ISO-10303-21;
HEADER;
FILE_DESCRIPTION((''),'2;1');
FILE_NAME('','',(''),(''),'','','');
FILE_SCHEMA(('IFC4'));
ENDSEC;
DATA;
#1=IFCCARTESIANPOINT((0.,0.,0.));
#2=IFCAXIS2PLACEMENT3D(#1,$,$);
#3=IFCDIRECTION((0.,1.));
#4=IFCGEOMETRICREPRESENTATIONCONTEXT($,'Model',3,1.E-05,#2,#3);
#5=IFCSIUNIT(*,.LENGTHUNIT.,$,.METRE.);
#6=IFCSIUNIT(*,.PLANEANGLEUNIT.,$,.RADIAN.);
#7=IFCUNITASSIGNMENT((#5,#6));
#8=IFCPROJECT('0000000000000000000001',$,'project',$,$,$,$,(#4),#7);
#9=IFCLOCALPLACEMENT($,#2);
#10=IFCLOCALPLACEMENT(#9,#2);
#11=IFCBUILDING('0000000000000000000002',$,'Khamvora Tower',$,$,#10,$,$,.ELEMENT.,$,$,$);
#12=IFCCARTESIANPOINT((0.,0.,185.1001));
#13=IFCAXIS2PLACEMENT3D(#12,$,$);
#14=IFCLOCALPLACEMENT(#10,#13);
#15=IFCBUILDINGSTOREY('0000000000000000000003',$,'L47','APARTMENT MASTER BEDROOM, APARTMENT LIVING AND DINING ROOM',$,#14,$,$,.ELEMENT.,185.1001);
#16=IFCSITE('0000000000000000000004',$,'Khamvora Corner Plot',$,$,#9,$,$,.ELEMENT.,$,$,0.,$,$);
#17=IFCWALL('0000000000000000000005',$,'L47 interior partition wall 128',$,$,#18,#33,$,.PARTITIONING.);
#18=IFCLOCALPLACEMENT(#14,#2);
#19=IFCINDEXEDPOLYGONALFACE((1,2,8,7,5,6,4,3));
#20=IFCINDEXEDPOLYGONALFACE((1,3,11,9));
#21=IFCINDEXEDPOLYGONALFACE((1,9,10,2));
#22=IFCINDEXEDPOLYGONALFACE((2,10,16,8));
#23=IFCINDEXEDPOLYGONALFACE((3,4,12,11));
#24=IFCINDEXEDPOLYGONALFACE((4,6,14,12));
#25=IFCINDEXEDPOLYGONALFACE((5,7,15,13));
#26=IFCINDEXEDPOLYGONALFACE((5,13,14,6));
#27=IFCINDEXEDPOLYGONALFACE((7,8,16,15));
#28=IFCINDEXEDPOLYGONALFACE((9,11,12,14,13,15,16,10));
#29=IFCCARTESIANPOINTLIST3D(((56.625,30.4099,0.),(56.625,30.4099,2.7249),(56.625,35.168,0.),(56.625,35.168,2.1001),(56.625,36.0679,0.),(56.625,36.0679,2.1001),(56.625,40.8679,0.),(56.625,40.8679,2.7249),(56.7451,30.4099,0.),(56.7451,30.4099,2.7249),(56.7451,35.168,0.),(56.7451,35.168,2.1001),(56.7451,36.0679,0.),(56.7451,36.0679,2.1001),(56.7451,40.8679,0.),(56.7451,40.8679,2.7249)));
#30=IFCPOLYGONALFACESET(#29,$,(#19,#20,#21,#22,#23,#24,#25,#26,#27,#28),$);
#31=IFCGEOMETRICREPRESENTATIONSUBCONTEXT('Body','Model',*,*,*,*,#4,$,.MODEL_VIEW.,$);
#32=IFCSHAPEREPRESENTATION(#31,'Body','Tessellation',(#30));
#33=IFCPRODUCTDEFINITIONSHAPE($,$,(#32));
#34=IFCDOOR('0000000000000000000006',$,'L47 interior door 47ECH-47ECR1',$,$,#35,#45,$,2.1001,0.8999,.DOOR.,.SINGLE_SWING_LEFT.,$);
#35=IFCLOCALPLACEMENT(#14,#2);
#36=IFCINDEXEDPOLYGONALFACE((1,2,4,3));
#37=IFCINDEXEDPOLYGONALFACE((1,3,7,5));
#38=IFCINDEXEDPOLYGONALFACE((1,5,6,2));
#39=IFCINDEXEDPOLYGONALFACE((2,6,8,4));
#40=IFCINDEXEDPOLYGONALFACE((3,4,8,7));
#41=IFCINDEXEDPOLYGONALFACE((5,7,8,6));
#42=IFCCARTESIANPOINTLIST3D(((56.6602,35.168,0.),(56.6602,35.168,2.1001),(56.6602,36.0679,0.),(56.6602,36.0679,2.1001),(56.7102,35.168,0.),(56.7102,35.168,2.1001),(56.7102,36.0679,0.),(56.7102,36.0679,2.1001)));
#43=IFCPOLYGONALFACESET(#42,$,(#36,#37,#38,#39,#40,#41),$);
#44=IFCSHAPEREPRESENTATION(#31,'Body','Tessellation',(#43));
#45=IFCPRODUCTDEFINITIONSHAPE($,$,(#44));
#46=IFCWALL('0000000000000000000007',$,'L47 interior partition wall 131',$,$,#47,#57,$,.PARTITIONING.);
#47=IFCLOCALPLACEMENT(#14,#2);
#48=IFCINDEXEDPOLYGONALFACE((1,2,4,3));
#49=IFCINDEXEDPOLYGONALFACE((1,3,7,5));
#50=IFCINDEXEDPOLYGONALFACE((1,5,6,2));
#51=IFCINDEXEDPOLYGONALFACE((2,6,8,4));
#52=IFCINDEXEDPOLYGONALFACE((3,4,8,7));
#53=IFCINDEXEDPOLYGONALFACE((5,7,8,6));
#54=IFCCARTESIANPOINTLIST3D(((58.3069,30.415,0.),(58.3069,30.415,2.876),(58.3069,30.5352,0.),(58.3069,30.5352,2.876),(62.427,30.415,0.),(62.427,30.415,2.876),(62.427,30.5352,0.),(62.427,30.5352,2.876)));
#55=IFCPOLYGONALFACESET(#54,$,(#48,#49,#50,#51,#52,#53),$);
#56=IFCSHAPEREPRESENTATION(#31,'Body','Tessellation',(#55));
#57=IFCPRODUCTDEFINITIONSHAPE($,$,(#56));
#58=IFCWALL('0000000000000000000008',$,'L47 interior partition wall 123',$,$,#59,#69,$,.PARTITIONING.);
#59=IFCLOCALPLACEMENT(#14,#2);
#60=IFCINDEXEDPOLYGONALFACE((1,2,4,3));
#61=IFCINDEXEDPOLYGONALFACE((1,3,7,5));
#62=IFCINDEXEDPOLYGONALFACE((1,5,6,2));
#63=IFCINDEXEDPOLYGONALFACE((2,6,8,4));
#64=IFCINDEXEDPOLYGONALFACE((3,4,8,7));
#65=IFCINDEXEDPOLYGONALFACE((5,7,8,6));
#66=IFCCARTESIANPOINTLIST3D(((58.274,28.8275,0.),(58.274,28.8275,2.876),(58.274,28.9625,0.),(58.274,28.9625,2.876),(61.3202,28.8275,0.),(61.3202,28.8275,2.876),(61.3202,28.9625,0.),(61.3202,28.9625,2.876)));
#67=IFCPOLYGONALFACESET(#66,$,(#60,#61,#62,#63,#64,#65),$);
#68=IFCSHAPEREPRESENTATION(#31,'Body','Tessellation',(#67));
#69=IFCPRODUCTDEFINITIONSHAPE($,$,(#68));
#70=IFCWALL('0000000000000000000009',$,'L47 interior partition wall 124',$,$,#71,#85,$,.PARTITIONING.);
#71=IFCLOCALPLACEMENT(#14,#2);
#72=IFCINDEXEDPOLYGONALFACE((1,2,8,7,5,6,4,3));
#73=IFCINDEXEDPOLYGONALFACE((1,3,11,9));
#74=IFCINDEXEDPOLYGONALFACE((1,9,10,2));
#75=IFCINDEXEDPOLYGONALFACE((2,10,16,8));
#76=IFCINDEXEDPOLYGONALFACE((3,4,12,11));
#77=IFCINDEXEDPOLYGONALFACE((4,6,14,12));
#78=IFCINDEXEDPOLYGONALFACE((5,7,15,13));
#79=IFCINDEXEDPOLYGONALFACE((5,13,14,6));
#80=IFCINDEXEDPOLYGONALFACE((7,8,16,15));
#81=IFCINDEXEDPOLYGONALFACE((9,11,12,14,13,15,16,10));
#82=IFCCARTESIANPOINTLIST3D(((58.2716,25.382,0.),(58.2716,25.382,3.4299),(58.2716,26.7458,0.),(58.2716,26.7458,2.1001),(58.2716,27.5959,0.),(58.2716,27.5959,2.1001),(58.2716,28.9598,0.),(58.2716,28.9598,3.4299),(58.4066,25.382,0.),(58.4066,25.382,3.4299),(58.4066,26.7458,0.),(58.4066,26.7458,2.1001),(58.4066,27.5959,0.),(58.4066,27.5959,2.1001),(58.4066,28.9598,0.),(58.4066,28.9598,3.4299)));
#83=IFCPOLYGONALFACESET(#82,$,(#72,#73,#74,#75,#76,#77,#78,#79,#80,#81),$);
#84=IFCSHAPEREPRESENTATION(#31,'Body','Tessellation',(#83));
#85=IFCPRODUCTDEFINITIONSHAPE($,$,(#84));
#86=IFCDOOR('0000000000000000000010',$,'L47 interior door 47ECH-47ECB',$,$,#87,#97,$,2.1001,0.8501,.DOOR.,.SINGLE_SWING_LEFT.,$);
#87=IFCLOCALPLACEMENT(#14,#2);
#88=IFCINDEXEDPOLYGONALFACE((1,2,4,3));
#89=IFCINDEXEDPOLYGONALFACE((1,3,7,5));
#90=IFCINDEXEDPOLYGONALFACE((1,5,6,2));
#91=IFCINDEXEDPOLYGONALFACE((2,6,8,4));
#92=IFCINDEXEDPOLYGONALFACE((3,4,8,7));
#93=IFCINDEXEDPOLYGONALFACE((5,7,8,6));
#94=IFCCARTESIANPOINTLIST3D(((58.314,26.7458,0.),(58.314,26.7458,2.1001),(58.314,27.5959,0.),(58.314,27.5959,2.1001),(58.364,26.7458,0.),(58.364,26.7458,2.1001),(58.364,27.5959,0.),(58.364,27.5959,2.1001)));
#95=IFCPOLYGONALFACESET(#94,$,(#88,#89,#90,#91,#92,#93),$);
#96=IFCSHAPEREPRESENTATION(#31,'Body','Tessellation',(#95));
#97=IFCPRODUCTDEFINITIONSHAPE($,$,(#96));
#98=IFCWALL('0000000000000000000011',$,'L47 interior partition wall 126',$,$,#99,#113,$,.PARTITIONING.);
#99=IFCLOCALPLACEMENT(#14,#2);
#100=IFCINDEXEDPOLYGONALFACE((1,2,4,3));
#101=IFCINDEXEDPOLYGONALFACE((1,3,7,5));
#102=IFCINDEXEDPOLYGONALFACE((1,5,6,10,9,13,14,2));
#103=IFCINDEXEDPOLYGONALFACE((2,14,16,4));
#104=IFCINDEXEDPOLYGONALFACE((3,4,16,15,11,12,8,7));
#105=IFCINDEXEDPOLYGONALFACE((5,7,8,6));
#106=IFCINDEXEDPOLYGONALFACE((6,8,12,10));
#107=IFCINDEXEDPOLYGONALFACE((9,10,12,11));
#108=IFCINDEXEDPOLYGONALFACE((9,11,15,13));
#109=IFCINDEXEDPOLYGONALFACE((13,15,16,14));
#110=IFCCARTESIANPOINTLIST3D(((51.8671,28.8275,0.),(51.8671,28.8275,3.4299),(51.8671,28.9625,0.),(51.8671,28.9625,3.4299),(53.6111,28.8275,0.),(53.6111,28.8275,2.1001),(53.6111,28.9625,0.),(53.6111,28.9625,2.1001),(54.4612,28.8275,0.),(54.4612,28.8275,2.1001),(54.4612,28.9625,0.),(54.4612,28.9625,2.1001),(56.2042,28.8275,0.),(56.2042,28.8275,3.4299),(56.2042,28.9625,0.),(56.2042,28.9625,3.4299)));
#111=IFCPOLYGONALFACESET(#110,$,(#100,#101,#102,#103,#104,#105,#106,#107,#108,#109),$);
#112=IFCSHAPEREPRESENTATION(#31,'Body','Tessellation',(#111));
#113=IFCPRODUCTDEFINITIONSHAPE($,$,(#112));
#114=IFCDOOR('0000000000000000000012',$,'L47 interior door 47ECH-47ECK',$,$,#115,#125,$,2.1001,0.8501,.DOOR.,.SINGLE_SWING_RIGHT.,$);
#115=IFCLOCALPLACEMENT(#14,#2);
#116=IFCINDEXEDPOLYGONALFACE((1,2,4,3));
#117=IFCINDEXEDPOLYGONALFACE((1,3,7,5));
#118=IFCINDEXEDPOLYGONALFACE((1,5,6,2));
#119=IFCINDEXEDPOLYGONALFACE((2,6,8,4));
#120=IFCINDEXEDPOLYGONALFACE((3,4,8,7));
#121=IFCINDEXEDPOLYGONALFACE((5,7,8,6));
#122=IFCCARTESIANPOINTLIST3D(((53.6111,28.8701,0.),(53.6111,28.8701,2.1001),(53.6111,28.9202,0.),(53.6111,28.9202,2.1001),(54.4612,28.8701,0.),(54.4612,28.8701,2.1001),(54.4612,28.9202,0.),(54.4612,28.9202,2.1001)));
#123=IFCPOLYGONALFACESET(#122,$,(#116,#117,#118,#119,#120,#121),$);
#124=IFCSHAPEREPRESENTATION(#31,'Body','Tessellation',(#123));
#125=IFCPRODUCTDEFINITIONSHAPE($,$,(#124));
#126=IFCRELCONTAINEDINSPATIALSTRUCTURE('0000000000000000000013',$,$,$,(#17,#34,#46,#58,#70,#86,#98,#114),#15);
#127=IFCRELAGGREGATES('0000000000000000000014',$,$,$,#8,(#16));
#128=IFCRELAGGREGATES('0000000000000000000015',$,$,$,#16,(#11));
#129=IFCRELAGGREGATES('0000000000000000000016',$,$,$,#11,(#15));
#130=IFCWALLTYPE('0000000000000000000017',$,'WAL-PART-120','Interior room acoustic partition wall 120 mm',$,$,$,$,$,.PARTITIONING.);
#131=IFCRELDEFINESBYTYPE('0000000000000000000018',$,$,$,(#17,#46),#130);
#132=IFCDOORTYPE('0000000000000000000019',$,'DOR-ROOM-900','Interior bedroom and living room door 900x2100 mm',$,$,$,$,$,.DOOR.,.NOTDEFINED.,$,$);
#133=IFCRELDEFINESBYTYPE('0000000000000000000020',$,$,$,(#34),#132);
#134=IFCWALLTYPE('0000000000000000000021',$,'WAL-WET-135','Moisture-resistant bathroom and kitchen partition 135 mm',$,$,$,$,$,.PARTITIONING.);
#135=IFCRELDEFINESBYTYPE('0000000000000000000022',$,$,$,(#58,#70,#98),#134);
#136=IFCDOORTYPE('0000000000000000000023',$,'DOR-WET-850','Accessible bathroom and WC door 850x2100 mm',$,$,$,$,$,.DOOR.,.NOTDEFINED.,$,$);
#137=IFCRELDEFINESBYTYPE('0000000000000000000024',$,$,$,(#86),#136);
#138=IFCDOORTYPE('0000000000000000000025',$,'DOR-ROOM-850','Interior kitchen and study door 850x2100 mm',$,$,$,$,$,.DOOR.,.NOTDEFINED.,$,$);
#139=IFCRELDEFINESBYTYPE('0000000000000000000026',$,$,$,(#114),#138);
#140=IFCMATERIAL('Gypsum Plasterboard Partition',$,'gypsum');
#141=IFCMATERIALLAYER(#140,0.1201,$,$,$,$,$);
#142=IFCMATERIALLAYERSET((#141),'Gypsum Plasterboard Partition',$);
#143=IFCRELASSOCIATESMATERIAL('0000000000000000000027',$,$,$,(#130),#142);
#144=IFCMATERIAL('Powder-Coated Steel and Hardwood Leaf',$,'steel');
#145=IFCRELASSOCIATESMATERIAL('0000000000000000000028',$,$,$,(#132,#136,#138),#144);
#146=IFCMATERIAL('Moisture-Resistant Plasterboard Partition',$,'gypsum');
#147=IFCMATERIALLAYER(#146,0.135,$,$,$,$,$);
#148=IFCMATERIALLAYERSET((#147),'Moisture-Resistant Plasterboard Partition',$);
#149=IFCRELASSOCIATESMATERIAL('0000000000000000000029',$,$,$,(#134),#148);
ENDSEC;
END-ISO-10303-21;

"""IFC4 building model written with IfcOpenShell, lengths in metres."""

from ifc_helpers import new_model, si_unit, direction, frame, frame_2d, origin, place, context, subcontext, project, spatial, rectangle, extrude, material, layer, layer_set, type_object, element, fill, save


model = new_model("IFC4")

# Units and contexts
model_context = context("Model", 3, precision=1e-05, world=origin(), true_north=direction((0.0, 1.0)))
body_context = subcontext(model_context, "Body", "Model", "MODEL_VIEW")
ifc_project = project(units=[si_unit("LENGTHUNIT", "METRE"), si_unit("PLANEANGLEUNIT", "RADIAN")], contexts=[model_context])

# Site, building, storey
site_placement = place(None, origin())
site = spatial("IfcSite", under=ifc_project, at=site_placement, Name="Khamvora Corner Plot", CompositionType="ELEMENT", RefElevation=0.0)
building_placement = place(site_placement, origin())
building = spatial("IfcBuilding", under=site, at=building_placement, Name="Khamvora Tower", CompositionType="ELEMENT")
storey_placement = place(building_placement, frame((0.0, 0.0, 185.1001)))
storey = spatial("IfcBuildingStorey", under=building, at=storey_placement, Name="L47", Description="APARTMENT MASTER BEDROOM, APARTMENT LIVING AND DINING ROOM", CompositionType="ELEMENT", Elevation=185.1001)

# Shared definitions
ifc_material_1 = material(Name="Gypsum Plasterboard Partition", Category="gypsum")
ifc_layer_1 = layer(ifc_material_1, 0.1201)
ifc_layer_set_1 = layer_set([ifc_layer_1], Name="Gypsum Plasterboard Partition")
wall_type_1 = type_object("IfcWallType", Name="WAL-PART-120", Description="Interior room acoustic partition wall 120 mm", PredefinedType="PARTITIONING", material=ifc_layer_set_1)
ifc_material_2 = material(Name="Powder-Coated Steel and Hardwood Leaf", Category="steel")
door_type_1 = type_object("IfcDoorType", Name="DOR-ROOM-900", Description="Interior bedroom and living room door 900x2100 mm", OperationType="NOTDEFINED", PredefinedType="DOOR", material=ifc_material_2)

# Wall, opening, door
wall_1_placement = place(storey_placement, frame((56.6851, 30.4099, 0.0), z_axis=(0.0, 0.0, 1.0), x_axis=(0.0, 1.0, 0.0)))
wall_1 = element("IfcWall", 1, at=wall_1_placement, inside=storey, type_object=wall_type_1, Name="L47 interior partition wall 128", PredefinedType="PARTITIONING", context=body_context, shape_type="SweptSolid", body=[
    extrude(rectangle(XDim=10.458, YDim=0.1201, at=frame_2d((5.229, 0.0))), origin(), (0.0, 0.0, 1.0), 2.7249),
])
opening_1_placement = place(wall_1_placement, frame((4.7581, 0.0, 0.0)))
opening_1 = element("IfcOpeningElement", 2, at=opening_1_placement, cuts=wall_1, PredefinedType="OPENING", context=body_context, shape_type="SweptSolid", body=[
    extrude(rectangle(XDim=0.8999, YDim=2.1001, at=frame_2d((0.45, 1.05))), frame((0.0, 0.0701, 0.0), z_axis=(0.0, -1.0, 0.0), x_axis=(1.0, 0.0, 0.0)), (0.0, 0.0, 1.0), 0.1401),
])
door_1_placement = place(opening_1_placement, origin())
door_1 = element("IfcDoor", 3, at=door_1_placement, inside=storey, type_object=door_type_1, Name="L47 interior door 47ECH-47ECR1", OperationType="SINGLE_SWING_LEFT", OverallHeight=2.1001, OverallWidth=0.8999, PredefinedType="DOOR", context=body_context, shape_type="SweptSolid", body=[
    extrude(rectangle(XDim=0.8999, YDim=2.1001, at=frame_2d((0.45, 1.05))), frame((0.0, 0.0249, 0.0), z_axis=(0.0, -1.0, 0.0), x_axis=(1.0, 0.0, 0.0)), (0.0, 0.0, 1.0), 0.05),
])
fill(opening_1, door_1)

# Walls
wall_2_placement = place(storey_placement, frame((58.3069, 30.4751, 0.0), z_axis=(0.0, 0.0, 1.0), x_axis=(1.0, 0.0, 0.0)))
element("IfcWall", 4, at=wall_2_placement, inside=storey, type_object=wall_type_1, Name="L47 interior partition wall 131", PredefinedType="PARTITIONING", context=body_context, shape_type="SweptSolid", body=[
    extrude(rectangle(XDim=4.1201, YDim=0.1201, at=frame_2d((2.0601, 0.0))), origin(), (0.0, 0.0, 1.0), 2.876),
])
ifc_material_3 = material(Name="Moisture-Resistant Plasterboard Partition", Category="gypsum")
ifc_layer_2 = layer(ifc_material_3, 0.135)
ifc_layer_set_2 = layer_set([ifc_layer_2], Name="Moisture-Resistant Plasterboard Partition")
wall_type_2 = type_object("IfcWallType", Name="WAL-WET-135", Description="Moisture-resistant bathroom and kitchen partition 135 mm", PredefinedType="PARTITIONING", material=ifc_layer_set_2)
wall_3_placement = place(storey_placement, frame((61.3201, 28.895, 0.0), z_axis=(0.0, 0.0, 1.0), x_axis=(-1.0, 0.0, 0.0)))
element("IfcWall", 5, at=wall_3_placement, inside=storey, type_object=wall_type_2, Name="L47 interior partition wall 123", PredefinedType="PARTITIONING", context=body_context, shape_type="SweptSolid", body=[
    extrude(rectangle(XDim=3.0461, YDim=0.135, at=frame_2d((1.5229, 0.0))), origin(), (0.0, 0.0, 1.0), 2.876),
])

# Walls, openings, doors
wall_4_placement = place(storey_placement, frame((58.3391, 28.96, 0.0), z_axis=(0.0, 0.0, 1.0), x_axis=(0.0, -1.0, 0.0)))
wall_4 = element("IfcWall", 6, at=wall_4_placement, inside=storey, type_object=wall_type_2, Name="L47 interior partition wall 124", PredefinedType="PARTITIONING", context=body_context, shape_type="SweptSolid", body=[
    extrude(rectangle(XDim=3.5779, YDim=0.135, at=frame_2d((1.7891, 0.0))), origin(), (0.0, 0.0, 1.0), 3.4299),
])
opening_2_placement = place(wall_4_placement, frame((1.364, 0.0, 0.0)))
opening_2 = element("IfcOpeningElement", 7, at=opening_2_placement, cuts=wall_4, PredefinedType="OPENING", context=body_context, shape_type="SweptSolid", body=[
    extrude(rectangle(XDim=0.8501, YDim=2.1001, at=frame_2d((0.425, 1.05))), frame((0.0, 0.0774, 0.0), z_axis=(0.0, -1.0, 0.0), x_axis=(1.0, 0.0, 0.0)), (0.0, 0.0, 1.0), 0.155),
])
door_type_2 = type_object("IfcDoorType", Name="DOR-WET-850", Description="Accessible bathroom and WC door 850x2100 mm", OperationType="NOTDEFINED", PredefinedType="DOOR", material=ifc_material_2)
door_2_placement = place(opening_2_placement, origin())
door_2 = element("IfcDoor", 8, at=door_2_placement, inside=storey, type_object=door_type_2, Name="L47 interior door 47ECH-47ECB", OperationType="SINGLE_SWING_LEFT", OverallHeight=2.1001, OverallWidth=0.8501, PredefinedType="DOOR", context=body_context, shape_type="SweptSolid", body=[
    extrude(rectangle(XDim=0.8501, YDim=2.1001, at=frame_2d((0.425, 1.05))), frame((0.0, 0.0249, 0.0), z_axis=(0.0, -1.0, 0.0), x_axis=(1.0, 0.0, 0.0)), (0.0, 0.0, 1.0), 0.05),
])
fill(opening_2, door_2)
wall_5_placement = place(storey_placement, frame((56.2041, 28.895, 0.0), z_axis=(0.0, 0.0, 1.0), x_axis=(-1.0, 0.0, 0.0)))
wall_5 = element("IfcWall", 9, at=wall_5_placement, inside=storey, type_object=wall_type_2, Name="L47 interior partition wall 126", PredefinedType="PARTITIONING", context=body_context, shape_type="SweptSolid", body=[
    extrude(rectangle(XDim=4.3372, YDim=0.135, at=frame_2d((2.1685, 0.0))), origin(), (0.0, 0.0, 1.0), 3.4299),
])
opening_3_placement = place(wall_5_placement, frame((1.7429, 0.0, 0.0)))
opening_3 = element("IfcOpeningElement", 10, at=opening_3_placement, cuts=wall_5, PredefinedType="OPENING", context=body_context, shape_type="SweptSolid", body=[
    extrude(rectangle(XDim=0.8501, YDim=2.1001, at=frame_2d((0.425, 1.05))), frame((0.0, 0.0774, 0.0), z_axis=(0.0, -1.0, 0.0), x_axis=(1.0, 0.0, 0.0)), (0.0, 0.0, 1.0), 0.155),
])
door_type_3 = type_object("IfcDoorType", Name="DOR-ROOM-850", Description="Interior kitchen and study door 850x2100 mm", OperationType="NOTDEFINED", PredefinedType="DOOR", material=ifc_material_2)
door_3_placement = place(opening_3_placement, origin())
door_3 = element("IfcDoor", 11, at=door_3_placement, inside=storey, type_object=door_type_3, Name="L47 interior door 47ECH-47ECK", OperationType="SINGLE_SWING_RIGHT", OverallHeight=2.1001, OverallWidth=0.8501, PredefinedType="DOOR", context=body_context, shape_type="SweptSolid", body=[
    extrude(rectangle(XDim=0.8501, YDim=2.1001, at=frame_2d((0.425, 1.05))), frame((0.0, 0.0249, 0.0), z_axis=(0.0, -1.0, 0.0), x_axis=(1.0, 0.0, 0.0)), (0.0, 0.0, 1.0), 0.05),
])
fill(opening_3, door_3)

save(model, "model.ifc")
